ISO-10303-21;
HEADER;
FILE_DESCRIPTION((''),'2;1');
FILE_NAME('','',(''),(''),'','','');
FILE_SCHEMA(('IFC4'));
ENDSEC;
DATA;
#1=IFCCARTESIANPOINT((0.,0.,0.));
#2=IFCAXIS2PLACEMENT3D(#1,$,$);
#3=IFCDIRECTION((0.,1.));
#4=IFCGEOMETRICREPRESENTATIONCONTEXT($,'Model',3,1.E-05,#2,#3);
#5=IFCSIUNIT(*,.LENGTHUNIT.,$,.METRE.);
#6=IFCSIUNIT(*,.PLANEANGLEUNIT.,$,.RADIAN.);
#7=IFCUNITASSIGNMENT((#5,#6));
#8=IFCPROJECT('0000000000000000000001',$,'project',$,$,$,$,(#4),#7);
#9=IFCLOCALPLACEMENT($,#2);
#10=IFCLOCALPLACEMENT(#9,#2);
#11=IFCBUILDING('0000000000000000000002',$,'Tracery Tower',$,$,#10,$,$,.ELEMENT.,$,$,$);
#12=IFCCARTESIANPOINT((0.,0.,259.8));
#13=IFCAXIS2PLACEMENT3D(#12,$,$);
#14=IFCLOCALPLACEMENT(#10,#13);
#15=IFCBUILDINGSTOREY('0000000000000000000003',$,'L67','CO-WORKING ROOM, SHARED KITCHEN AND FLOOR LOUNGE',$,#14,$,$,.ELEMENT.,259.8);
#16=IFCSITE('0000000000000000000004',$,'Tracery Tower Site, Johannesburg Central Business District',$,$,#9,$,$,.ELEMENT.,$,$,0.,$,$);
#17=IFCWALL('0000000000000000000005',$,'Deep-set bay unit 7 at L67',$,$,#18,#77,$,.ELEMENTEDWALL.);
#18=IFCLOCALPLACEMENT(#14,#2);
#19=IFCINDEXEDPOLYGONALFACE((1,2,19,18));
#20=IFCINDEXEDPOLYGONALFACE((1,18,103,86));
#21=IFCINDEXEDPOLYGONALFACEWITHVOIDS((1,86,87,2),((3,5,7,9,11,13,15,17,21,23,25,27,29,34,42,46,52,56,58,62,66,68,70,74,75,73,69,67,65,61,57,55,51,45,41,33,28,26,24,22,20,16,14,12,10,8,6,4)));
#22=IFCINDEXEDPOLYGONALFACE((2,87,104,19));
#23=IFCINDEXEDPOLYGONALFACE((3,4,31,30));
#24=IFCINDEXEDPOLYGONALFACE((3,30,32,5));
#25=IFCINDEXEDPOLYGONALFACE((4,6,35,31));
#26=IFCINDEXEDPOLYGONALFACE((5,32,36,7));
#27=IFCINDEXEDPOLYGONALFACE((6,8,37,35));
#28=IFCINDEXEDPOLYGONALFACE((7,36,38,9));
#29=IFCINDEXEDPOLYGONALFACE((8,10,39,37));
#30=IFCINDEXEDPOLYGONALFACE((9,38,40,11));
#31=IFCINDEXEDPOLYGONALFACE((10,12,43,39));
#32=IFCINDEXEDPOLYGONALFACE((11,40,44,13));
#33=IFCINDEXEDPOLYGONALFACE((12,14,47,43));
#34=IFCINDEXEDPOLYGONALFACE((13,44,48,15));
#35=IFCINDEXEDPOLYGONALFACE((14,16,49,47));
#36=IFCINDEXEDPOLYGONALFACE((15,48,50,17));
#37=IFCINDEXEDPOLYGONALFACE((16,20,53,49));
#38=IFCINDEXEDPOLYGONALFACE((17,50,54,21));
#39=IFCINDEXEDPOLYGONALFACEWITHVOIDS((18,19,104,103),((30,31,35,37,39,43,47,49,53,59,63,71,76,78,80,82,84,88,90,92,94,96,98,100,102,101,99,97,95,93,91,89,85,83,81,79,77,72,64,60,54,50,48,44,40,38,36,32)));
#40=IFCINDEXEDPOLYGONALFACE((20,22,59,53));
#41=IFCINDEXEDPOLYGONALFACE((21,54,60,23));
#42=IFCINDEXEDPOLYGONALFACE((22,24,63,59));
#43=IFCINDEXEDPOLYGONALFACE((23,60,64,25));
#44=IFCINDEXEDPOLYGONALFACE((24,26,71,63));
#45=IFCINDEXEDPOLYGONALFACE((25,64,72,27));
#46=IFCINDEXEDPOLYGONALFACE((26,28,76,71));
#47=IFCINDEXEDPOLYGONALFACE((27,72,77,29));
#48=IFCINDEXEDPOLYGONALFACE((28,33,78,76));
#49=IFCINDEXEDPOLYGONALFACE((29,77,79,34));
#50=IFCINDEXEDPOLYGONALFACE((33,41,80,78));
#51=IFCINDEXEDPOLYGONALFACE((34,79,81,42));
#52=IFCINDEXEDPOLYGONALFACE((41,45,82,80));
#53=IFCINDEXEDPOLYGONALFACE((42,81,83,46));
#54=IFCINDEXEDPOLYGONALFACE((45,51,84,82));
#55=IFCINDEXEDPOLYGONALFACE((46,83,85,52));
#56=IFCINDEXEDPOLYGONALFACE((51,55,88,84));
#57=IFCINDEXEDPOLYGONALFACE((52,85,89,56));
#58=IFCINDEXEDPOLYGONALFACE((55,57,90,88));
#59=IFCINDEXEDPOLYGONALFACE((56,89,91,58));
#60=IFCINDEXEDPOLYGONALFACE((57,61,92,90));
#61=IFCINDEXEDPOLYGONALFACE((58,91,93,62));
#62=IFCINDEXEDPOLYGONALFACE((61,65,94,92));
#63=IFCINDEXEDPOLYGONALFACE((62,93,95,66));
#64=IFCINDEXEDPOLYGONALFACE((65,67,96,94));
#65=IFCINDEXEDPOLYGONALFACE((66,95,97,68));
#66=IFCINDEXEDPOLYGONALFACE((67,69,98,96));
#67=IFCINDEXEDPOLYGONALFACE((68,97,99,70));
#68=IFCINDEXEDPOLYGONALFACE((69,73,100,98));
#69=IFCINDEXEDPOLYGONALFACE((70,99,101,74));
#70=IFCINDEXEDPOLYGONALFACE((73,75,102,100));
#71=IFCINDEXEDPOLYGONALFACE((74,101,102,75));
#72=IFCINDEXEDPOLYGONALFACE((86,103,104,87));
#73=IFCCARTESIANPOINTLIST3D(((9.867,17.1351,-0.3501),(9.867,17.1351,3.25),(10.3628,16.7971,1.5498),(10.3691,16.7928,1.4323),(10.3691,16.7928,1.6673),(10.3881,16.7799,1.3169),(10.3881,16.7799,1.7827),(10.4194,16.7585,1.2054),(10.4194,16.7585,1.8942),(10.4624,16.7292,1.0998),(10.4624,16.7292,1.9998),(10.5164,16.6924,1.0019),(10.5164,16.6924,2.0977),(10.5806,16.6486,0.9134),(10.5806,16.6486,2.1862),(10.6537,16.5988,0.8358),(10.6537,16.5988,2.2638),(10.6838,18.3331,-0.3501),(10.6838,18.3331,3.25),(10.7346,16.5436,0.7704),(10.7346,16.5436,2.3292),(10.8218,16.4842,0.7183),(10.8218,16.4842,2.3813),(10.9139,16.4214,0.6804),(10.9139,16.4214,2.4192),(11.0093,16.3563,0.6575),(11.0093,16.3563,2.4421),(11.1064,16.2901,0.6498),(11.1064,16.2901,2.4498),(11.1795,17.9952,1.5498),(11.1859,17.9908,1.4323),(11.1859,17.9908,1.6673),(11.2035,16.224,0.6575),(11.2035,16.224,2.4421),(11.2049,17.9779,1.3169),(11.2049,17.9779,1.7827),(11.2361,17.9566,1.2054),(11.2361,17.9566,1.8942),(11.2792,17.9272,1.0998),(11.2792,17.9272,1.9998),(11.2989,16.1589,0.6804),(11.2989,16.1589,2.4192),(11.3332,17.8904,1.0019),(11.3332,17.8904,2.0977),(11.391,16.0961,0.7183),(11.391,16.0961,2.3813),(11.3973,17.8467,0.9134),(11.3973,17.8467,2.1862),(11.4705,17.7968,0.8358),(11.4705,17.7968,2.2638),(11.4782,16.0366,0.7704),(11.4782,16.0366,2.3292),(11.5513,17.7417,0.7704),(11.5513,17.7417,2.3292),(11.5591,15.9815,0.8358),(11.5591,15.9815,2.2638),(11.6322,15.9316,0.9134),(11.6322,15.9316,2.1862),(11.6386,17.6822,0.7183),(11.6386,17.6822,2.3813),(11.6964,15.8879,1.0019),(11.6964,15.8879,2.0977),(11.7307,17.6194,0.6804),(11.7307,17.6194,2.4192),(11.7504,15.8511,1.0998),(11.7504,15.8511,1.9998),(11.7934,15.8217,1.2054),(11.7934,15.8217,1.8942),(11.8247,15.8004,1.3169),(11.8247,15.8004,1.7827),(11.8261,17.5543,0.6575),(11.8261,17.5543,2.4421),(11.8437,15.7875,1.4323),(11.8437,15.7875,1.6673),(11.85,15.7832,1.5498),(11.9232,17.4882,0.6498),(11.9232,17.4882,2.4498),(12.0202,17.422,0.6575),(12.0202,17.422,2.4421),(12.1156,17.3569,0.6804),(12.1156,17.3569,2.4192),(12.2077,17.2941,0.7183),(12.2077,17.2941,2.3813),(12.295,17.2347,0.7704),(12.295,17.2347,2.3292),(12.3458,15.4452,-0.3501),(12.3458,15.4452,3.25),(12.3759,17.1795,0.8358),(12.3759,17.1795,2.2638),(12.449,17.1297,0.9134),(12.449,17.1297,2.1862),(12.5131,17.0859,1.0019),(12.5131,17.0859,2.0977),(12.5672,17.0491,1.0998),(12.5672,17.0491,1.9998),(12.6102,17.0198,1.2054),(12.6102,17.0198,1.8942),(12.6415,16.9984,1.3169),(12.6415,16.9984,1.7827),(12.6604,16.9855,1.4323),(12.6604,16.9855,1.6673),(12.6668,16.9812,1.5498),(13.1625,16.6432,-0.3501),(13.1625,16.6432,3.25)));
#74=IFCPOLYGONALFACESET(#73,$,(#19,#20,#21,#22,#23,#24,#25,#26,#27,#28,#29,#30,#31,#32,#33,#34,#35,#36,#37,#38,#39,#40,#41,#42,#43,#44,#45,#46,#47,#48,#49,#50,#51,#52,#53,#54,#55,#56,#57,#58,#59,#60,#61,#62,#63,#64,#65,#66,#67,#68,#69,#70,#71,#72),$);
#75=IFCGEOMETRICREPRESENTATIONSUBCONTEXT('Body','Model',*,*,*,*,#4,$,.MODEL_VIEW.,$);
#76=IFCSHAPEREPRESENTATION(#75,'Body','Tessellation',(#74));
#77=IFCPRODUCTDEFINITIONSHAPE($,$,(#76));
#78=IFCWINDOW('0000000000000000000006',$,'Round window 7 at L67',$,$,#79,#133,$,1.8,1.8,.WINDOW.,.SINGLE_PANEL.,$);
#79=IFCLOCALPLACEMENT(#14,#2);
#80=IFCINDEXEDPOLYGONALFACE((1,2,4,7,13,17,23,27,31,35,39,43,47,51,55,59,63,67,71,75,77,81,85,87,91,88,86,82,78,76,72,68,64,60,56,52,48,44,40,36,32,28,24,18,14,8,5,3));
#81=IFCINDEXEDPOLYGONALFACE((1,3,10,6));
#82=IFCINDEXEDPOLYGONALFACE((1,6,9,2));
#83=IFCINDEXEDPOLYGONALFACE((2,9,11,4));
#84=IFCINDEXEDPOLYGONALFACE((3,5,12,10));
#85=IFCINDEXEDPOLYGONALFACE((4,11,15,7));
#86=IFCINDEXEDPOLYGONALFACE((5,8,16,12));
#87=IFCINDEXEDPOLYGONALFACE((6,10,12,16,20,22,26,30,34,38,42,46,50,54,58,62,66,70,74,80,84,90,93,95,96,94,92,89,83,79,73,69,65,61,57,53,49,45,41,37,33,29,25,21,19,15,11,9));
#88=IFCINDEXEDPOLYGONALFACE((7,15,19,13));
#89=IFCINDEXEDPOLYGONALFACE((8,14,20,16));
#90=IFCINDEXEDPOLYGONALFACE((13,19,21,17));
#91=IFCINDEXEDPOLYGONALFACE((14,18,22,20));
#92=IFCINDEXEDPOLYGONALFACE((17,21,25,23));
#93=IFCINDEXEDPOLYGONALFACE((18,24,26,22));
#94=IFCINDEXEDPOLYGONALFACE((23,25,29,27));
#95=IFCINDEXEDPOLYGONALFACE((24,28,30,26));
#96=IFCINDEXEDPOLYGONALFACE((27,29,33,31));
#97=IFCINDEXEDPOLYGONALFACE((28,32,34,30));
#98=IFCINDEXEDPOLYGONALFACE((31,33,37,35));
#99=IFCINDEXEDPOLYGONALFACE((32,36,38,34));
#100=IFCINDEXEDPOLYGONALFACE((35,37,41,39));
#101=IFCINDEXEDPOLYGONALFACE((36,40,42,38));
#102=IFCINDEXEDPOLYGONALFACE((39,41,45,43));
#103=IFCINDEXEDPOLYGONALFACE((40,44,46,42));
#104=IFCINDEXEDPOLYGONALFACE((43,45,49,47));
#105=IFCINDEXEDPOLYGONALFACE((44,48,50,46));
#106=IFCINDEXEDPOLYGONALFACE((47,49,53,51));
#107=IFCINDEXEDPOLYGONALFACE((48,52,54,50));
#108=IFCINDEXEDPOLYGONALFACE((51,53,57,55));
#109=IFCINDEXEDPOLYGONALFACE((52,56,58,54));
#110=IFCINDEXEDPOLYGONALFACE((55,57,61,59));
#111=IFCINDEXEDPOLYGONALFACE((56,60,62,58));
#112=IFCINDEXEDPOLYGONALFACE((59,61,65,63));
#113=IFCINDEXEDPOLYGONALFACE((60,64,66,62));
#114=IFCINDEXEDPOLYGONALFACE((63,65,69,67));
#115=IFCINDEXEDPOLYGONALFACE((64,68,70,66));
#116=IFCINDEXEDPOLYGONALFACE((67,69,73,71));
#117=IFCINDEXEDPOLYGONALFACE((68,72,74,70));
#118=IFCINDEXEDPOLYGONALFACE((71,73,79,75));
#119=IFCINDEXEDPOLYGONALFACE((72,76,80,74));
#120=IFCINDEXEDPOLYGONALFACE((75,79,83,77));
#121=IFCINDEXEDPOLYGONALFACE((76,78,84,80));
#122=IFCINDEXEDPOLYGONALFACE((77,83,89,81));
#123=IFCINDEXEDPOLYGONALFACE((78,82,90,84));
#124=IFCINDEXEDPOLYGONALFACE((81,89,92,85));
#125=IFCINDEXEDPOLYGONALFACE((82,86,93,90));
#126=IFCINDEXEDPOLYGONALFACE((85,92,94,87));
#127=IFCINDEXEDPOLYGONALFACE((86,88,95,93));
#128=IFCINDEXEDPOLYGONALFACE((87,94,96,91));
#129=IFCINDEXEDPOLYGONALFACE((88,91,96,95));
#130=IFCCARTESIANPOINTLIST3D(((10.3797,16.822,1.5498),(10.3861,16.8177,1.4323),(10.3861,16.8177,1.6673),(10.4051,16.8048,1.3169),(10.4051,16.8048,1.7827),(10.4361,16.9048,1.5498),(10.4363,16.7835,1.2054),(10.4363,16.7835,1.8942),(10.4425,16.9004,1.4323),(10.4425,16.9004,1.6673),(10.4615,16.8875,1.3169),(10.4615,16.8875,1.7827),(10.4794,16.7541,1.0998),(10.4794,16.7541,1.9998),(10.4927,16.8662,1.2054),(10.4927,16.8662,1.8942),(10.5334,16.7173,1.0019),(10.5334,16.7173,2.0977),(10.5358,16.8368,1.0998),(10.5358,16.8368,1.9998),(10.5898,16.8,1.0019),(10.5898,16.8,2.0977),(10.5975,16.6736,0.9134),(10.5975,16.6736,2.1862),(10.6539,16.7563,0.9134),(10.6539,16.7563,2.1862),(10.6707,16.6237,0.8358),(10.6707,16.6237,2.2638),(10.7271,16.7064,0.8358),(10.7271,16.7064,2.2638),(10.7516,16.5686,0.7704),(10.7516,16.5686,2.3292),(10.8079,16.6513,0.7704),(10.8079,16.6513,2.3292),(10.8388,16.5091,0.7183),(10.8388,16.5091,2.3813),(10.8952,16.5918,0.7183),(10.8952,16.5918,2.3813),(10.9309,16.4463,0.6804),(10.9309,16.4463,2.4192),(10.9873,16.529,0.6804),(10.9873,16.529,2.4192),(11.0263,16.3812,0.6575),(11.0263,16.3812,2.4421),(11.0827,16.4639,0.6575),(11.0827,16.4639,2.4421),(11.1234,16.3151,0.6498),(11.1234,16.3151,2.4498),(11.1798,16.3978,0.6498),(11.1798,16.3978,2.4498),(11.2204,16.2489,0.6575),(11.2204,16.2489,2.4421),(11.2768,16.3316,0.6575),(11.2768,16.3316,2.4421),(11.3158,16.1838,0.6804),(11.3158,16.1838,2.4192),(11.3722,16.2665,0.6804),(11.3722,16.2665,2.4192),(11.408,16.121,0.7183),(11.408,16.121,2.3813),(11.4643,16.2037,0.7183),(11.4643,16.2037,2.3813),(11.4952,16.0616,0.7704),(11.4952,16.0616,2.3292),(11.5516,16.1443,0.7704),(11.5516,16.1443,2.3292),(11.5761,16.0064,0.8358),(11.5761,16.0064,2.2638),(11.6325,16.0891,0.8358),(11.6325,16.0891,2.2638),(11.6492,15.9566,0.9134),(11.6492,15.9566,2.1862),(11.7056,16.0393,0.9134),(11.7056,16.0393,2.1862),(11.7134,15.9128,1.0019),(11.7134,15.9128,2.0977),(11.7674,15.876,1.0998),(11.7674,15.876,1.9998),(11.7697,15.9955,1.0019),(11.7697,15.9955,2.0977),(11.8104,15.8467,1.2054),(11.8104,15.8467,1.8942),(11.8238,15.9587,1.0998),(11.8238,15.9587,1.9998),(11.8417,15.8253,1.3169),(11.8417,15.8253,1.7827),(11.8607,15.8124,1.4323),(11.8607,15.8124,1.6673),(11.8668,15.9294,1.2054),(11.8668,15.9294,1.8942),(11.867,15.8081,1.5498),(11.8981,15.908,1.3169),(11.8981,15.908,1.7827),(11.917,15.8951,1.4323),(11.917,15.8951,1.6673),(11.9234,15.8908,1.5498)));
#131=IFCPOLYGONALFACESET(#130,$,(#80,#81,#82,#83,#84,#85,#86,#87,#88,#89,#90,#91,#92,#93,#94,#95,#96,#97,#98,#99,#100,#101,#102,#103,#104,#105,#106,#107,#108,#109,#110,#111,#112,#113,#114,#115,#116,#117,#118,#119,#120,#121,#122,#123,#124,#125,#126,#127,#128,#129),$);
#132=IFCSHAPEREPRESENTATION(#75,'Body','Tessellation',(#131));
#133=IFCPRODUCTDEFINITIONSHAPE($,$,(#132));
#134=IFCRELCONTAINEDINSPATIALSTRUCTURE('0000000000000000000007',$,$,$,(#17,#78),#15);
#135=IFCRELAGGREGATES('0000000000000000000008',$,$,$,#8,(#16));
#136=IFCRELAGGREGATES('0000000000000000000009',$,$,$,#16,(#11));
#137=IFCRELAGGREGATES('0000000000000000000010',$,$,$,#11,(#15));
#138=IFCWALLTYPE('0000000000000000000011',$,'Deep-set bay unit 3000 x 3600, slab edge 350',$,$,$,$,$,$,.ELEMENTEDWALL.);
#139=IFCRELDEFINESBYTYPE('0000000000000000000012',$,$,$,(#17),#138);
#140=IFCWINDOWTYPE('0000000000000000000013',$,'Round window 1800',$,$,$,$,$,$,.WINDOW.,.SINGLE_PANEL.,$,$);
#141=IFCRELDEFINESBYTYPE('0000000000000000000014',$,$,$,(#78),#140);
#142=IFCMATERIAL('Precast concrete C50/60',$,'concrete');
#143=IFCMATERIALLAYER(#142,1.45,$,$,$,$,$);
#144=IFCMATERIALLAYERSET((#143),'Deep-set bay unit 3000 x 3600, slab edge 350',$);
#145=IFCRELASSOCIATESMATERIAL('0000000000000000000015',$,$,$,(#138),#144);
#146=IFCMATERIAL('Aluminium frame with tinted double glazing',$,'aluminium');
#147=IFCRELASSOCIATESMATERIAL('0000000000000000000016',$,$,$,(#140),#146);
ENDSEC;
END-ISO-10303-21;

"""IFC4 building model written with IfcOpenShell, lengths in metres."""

from ifc_helpers import new_model, si_unit, direction, frame, frame_2d, origin, origin_2d, place, context, subcontext, project, spatial, rectangle, circle, extrude, material, layer, layer_set, type_object, element, fill, save


model = new_model("IFC4")

# Units and contexts
model_context = context("Model", 3, precision=1e-05, world=origin(), true_north=direction((0.0, 1.0)))
body_context = subcontext(model_context, "Body", "Model", "MODEL_VIEW")
ifc_project = project(units=[si_unit("LENGTHUNIT", "METRE"), si_unit("PLANEANGLEUNIT", "RADIAN")], contexts=[model_context])

# Site, building, storey
site_placement = place(None, origin())
site = spatial("IfcSite", under=ifc_project, at=site_placement, Name="Tracery Tower Site, Johannesburg Central Business District", CompositionType="ELEMENT", RefElevation=0.0)
building_placement = place(site_placement, origin())
building = spatial("IfcBuilding", under=site, at=building_placement, Name="Tracery Tower", CompositionType="ELEMENT")
storey_placement = place(building_placement, frame((0.0, 0.0, 259.8)))
storey = spatial("IfcBuildingStorey", under=building, at=storey_placement, Name="L67", Description="CO-WORKING ROOM, SHARED KITCHEN AND FLOOR LOUNGE", CompositionType="ELEMENT", Elevation=259.8)

# Wall, opening, window
ifc_material_1 = material(Name="Precast concrete C50/60", Category="concrete")
ifc_layer_1 = layer(ifc_material_1, 1.45)
ifc_layer_set_1 = layer_set([ifc_layer_1], Name="Deep-set bay unit 3000 x 3600, slab edge 350")
wall_type_1 = type_object("IfcWallType", Name="Deep-set bay unit 3000 x 3600, slab edge 350", PredefinedType="ELEMENTEDWALL", material=ifc_layer_set_1)
ifc_material_2 = material(Name="Aluminium frame with tinted double glazing", Category="aluminium")
window_type = type_object("IfcWindowType", Name="Round window 1800", PartitioningType="SINGLE_PANEL", PredefinedType="WINDOW", material=ifc_material_2)
wall_1_placement = place(storey_placement, frame((12.7542, 16.0442, -0.3501), z_axis=(0.0, 0.0, 1.0), x_axis=(-0.826246, 0.563309, 0.0)))
wall_1 = element("IfcWall", 1, at=wall_1_placement, inside=storey, type_object=wall_type_1, Name="Deep-set bay unit 7 at L67", PredefinedType="ELEMENTEDWALL", context=body_context, shape_type="SweptSolid", body=[
    extrude(rectangle(XDim=3.0, YDim=1.45, at=frame_2d((1.5, 0.0))), origin(), (0.0, 0.0, 1.0), 3.6001),
])
opening_1_placement = place(wall_1_placement, frame((1.5, 0.0, 1.8999)))
opening_1 = element("IfcOpeningElement", 2, at=opening_1_placement, cuts=wall_1, PredefinedType="OPENING", context=body_context, shape_type="SweptSolid", body=[
    extrude(circle(Radius=0.9, at=origin_2d()), frame((0.0, 0.7349, 0.0), z_axis=(0.0, -1.0, 0.0), x_axis=(1.0, 0.0, 0.0)), (0.0, 0.0, 1.0), 1.47),
])
window_1_placement = place(opening_1_placement, origin())
window_1 = element("IfcWindow", 3, at=window_1_placement, inside=storey, type_object=window_type, Name="Round window 7 at L67", OverallHeight=1.8, OverallWidth=1.8, PartitioningType="SINGLE_PANEL", PredefinedType="WINDOW", context=body_context, shape_type="SweptSolid", body=[
    extrude(circle(Radius=0.9, at=origin_2d()), frame((0.0, 0.6948, 0.0), z_axis=(0.0, -1.0, 0.0), x_axis=(1.0, 0.0, 0.0)), (0.0, 0.0, 1.0), 0.1001),
])
fill(opening_1, window_1)

save(model, "model.ifc")
